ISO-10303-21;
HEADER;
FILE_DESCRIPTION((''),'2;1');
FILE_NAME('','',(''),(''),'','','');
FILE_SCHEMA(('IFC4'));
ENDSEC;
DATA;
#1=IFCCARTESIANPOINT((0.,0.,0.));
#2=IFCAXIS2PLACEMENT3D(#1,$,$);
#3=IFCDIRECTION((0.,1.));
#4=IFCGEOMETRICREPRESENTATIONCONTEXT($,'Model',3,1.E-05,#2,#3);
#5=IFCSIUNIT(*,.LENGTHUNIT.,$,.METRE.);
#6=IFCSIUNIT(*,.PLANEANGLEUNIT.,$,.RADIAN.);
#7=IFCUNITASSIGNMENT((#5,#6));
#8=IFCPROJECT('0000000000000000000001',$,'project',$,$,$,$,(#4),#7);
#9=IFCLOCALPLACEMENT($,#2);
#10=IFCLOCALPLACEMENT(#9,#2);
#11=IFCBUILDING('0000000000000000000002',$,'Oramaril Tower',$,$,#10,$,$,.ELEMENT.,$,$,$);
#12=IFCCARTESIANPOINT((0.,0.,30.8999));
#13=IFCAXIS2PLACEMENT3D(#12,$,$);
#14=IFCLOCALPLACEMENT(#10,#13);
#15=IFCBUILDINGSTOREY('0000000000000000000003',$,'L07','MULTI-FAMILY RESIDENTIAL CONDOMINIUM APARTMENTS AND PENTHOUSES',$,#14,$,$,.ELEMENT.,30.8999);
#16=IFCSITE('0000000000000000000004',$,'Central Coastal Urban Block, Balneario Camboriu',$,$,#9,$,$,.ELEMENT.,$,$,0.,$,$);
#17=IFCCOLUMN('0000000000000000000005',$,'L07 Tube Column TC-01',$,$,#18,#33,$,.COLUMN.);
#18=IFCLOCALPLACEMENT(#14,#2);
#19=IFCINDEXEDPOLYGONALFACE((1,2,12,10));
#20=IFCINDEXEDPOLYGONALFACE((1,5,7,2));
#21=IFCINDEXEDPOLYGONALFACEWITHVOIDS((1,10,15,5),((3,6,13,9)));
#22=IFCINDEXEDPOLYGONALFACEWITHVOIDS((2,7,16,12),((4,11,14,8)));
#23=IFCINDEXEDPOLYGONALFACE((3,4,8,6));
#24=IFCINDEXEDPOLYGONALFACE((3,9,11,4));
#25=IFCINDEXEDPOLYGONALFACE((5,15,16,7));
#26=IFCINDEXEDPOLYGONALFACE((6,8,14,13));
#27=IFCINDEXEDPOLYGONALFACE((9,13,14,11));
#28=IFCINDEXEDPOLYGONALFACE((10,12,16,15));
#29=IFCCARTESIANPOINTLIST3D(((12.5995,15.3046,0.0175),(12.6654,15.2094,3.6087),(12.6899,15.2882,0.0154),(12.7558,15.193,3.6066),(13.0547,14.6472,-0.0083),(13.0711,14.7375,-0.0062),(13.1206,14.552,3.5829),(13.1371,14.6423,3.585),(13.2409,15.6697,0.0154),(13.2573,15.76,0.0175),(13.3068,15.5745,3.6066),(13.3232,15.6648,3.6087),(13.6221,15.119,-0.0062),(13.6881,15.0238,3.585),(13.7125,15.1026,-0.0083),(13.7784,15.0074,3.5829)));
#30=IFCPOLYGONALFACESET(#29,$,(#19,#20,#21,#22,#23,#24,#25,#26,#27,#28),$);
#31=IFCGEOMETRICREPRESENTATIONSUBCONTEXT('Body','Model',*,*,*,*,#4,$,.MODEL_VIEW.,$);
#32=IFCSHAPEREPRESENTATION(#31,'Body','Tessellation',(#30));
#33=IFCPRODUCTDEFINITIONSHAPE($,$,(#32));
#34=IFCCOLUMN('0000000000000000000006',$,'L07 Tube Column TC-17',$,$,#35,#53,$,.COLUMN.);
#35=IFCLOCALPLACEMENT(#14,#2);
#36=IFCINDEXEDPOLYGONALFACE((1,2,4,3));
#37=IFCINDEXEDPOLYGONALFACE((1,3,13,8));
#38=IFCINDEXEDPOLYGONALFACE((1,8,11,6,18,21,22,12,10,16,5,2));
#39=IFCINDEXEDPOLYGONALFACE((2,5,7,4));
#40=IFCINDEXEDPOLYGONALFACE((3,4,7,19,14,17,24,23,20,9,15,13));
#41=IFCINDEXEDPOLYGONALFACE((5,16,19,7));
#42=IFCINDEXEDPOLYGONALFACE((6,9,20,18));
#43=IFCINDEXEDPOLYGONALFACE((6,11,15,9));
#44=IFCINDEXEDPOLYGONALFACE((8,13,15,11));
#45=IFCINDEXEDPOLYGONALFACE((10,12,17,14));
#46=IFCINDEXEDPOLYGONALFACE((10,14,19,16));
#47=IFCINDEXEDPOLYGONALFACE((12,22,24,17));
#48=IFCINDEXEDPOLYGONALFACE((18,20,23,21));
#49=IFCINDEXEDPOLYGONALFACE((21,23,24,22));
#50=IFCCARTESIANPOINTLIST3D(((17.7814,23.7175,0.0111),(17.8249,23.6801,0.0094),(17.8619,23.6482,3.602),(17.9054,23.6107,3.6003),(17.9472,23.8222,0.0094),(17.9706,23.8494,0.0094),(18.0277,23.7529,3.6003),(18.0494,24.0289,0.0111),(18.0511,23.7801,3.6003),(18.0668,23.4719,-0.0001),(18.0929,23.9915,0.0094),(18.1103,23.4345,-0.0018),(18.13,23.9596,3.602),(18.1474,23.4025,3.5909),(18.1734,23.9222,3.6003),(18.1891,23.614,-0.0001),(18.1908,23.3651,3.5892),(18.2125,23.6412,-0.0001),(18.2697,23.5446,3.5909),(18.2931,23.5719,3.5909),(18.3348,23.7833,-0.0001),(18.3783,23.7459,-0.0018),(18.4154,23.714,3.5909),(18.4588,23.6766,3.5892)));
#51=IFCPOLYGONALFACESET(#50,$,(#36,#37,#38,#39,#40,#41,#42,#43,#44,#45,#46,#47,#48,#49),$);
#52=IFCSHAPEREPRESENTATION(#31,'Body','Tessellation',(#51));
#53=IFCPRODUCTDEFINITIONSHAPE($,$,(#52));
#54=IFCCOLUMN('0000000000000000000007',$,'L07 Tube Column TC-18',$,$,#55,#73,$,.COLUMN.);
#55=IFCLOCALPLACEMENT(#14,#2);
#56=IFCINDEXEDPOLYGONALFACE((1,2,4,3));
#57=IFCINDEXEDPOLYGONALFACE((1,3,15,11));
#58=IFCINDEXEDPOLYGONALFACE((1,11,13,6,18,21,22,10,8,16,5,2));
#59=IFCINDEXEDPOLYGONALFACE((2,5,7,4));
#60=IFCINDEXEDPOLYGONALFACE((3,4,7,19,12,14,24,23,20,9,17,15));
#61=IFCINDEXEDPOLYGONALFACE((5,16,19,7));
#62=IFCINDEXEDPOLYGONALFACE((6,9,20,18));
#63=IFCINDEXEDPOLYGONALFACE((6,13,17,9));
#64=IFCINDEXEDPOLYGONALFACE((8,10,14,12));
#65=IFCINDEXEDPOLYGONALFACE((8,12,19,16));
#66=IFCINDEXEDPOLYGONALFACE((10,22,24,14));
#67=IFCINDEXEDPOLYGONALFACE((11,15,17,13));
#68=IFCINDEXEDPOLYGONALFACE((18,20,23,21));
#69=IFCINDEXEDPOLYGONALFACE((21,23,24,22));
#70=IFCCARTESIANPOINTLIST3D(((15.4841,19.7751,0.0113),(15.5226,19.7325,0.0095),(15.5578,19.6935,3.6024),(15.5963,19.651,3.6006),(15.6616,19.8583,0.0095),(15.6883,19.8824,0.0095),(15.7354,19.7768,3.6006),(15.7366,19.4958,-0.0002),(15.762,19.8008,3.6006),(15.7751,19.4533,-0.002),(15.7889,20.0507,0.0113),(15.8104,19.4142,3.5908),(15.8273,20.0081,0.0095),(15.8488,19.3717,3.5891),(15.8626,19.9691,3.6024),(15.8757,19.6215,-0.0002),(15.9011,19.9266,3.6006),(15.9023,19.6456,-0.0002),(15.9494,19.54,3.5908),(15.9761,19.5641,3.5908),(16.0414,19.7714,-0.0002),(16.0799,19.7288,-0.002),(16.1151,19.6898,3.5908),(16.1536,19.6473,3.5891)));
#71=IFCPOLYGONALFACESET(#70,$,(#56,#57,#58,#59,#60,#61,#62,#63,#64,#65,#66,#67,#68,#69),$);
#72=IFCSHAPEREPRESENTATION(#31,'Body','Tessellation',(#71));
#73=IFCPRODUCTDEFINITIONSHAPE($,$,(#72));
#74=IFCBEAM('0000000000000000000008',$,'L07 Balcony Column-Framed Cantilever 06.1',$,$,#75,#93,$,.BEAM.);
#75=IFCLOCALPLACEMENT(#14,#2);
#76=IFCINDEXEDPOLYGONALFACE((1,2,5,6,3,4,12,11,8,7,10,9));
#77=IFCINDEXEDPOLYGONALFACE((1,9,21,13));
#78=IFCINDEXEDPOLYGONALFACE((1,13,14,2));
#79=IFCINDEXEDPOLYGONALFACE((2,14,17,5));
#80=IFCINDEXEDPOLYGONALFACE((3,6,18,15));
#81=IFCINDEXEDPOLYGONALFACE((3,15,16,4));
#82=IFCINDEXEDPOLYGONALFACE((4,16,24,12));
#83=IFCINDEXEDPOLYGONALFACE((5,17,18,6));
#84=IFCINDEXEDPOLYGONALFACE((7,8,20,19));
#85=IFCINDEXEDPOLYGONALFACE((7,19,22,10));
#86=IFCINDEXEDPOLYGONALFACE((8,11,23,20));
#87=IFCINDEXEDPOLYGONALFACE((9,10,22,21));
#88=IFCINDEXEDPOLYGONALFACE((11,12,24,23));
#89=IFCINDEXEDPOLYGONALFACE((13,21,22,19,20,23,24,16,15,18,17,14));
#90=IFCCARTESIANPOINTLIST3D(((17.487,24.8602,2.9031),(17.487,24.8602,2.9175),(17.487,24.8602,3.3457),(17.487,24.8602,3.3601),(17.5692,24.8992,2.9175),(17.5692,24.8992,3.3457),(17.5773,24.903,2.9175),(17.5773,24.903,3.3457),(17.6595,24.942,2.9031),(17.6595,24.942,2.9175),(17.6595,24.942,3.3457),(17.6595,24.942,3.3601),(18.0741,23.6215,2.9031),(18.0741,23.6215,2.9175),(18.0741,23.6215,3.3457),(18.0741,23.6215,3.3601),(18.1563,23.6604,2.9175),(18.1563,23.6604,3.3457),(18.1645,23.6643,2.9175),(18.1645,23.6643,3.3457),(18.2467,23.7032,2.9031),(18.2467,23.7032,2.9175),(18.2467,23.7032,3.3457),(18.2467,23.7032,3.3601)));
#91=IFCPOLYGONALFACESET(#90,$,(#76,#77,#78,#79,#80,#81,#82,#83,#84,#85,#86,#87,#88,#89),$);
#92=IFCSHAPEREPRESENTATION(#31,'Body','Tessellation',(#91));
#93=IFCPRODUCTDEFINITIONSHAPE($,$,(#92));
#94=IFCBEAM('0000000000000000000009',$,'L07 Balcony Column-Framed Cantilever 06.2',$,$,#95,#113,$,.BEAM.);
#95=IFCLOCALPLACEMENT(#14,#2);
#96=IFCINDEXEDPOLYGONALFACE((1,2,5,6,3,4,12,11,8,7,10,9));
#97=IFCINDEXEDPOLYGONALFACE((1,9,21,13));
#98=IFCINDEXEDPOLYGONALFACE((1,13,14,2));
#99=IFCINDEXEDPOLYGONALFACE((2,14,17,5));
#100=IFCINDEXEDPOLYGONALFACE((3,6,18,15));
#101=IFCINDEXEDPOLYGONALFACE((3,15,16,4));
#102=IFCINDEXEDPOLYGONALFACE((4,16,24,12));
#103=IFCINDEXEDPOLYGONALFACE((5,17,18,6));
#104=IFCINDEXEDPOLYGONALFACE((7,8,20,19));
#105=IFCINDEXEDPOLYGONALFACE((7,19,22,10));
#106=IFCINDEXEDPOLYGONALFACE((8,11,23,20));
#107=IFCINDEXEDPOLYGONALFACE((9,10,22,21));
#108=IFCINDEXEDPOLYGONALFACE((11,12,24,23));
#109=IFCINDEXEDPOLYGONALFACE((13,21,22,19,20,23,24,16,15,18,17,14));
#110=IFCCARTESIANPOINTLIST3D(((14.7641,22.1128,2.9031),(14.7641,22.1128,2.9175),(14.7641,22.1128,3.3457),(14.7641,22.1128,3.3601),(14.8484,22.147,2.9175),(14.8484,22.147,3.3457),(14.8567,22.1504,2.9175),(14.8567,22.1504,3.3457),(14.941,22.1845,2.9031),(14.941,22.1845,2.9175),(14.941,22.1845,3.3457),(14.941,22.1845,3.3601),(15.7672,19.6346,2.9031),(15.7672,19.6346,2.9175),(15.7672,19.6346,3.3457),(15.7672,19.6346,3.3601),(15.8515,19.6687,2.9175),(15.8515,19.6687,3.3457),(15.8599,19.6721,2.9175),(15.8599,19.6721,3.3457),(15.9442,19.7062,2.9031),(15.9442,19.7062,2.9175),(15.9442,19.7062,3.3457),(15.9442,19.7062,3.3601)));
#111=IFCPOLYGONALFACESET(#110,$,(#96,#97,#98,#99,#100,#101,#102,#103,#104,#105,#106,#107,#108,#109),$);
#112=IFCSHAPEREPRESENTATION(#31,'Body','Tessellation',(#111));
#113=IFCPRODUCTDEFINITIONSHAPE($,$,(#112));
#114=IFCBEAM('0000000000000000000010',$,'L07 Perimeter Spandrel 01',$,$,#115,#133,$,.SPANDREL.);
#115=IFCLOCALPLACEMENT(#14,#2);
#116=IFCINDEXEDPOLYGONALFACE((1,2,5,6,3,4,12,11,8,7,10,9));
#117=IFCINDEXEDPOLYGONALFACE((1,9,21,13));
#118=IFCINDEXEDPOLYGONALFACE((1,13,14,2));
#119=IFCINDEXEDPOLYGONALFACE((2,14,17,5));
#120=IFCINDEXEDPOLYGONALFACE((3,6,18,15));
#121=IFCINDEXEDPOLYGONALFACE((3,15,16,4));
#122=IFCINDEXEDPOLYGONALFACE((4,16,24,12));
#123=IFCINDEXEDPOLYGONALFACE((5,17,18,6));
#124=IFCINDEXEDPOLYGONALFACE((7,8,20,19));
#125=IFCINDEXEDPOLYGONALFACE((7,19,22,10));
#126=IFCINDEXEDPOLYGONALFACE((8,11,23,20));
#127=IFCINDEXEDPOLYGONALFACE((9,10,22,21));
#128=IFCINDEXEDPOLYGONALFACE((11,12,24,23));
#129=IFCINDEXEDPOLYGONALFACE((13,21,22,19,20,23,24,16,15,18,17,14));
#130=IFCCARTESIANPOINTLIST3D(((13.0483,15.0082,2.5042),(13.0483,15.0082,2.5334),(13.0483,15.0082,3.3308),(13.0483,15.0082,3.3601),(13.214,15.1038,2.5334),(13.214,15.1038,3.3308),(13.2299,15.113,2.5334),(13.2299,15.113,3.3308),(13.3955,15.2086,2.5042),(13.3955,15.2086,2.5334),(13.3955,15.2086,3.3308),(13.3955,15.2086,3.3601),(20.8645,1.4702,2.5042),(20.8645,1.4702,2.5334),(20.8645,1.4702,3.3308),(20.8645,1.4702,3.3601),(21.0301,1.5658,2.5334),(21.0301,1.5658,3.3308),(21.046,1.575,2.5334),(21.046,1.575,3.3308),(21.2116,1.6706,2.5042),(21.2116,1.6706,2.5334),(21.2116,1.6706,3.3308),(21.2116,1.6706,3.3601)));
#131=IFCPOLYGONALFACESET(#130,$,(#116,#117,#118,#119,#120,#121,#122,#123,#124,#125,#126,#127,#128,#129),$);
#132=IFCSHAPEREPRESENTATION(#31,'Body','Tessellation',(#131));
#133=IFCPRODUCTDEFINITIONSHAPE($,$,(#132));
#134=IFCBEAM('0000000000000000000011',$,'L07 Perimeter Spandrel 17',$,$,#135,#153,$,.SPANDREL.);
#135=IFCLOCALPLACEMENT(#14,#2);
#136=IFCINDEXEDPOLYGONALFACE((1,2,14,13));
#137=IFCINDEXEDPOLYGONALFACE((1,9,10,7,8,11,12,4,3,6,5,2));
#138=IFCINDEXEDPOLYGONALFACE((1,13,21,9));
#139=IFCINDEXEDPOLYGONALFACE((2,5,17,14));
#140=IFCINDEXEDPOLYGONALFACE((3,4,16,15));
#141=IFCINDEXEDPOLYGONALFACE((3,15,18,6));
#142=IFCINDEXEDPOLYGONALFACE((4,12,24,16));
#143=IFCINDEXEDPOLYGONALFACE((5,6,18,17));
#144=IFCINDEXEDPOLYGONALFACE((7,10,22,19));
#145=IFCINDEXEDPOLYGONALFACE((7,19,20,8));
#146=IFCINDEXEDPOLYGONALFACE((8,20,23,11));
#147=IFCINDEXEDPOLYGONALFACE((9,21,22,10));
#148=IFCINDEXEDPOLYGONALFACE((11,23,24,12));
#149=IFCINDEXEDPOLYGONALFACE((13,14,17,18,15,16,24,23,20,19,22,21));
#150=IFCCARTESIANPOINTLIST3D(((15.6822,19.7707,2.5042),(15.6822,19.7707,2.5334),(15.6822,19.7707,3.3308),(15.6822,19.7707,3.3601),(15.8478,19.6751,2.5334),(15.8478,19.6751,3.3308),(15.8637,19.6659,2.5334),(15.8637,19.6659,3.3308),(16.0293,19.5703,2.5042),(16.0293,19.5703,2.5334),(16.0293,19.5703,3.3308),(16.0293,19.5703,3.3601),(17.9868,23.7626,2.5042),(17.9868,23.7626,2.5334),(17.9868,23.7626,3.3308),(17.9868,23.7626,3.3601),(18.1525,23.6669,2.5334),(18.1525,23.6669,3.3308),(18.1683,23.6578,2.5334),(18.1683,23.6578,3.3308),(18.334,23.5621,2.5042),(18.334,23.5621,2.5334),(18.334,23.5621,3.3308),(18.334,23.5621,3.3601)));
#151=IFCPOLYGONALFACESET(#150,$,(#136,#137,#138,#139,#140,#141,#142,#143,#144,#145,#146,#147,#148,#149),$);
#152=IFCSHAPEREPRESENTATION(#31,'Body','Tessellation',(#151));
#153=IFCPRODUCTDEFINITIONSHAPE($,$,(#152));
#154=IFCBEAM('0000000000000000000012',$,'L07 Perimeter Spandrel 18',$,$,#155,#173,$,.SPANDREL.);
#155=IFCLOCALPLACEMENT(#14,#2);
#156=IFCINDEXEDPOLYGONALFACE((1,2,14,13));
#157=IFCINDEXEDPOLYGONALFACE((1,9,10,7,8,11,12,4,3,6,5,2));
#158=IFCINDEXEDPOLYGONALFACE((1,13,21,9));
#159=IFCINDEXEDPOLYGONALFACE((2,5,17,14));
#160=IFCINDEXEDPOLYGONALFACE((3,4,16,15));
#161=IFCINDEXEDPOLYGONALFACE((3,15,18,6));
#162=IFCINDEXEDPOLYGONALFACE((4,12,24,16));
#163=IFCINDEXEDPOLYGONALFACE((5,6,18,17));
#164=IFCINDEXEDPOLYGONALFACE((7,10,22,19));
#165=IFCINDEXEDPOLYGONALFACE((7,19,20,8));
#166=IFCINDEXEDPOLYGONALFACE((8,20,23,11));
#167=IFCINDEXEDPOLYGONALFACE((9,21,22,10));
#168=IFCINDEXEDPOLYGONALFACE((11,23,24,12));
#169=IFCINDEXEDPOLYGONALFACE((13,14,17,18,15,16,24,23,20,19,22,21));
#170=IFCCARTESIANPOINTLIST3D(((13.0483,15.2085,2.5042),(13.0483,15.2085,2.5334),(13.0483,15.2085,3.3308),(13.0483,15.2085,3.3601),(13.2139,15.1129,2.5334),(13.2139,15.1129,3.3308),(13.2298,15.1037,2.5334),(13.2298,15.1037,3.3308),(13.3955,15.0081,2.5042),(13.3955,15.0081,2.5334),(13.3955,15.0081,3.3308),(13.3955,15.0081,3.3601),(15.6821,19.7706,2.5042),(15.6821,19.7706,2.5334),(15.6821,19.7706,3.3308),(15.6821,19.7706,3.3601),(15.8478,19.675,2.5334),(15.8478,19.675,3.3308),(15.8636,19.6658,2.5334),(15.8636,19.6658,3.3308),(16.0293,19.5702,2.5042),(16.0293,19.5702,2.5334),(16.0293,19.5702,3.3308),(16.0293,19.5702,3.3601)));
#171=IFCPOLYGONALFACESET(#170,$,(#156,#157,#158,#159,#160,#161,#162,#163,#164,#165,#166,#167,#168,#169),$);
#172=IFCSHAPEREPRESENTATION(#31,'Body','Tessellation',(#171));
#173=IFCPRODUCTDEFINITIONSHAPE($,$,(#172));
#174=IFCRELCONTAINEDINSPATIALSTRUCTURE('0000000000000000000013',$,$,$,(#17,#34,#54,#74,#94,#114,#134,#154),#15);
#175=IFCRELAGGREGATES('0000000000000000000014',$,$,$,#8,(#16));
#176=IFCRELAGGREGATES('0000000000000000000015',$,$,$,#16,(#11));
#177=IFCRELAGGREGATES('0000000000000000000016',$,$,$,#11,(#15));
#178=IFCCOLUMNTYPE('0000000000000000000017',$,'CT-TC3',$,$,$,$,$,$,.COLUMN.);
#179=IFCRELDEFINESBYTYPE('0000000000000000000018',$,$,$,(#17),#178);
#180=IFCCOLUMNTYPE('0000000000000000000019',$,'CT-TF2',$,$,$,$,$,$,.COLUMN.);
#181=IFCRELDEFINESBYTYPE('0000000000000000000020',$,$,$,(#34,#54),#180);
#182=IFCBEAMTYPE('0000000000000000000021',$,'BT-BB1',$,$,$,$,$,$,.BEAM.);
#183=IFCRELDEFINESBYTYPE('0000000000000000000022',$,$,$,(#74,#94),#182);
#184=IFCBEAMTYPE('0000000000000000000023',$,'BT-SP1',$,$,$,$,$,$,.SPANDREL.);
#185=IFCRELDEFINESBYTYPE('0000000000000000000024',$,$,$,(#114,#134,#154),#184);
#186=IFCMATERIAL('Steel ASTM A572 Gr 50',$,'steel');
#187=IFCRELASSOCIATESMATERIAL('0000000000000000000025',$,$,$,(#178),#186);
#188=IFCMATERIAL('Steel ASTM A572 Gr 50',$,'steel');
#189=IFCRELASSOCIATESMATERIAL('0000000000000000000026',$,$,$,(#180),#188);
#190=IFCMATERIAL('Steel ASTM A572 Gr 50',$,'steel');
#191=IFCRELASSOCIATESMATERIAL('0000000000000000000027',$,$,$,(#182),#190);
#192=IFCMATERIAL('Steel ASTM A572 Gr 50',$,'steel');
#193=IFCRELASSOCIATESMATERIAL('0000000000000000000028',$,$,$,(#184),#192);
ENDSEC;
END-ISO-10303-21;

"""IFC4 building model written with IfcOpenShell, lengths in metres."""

from ifc_helpers import new_model, si_unit, direction, frame, origin, origin_2d, place, context, subcontext, project, spatial, hollow_rectangle, i_section, extrude, material, material_profile, profile_set, type_object, element, save


model = new_model("IFC4")

# Units and contexts
model_context = context("Model", 3, precision=1e-05, world=origin(), true_north=direction((0.0, 1.0)))
body_context = subcontext(model_context, "Body", "Model", "MODEL_VIEW")
ifc_project = project(units=[si_unit("LENGTHUNIT", "METRE"), si_unit("PLANEANGLEUNIT", "RADIAN")], contexts=[model_context])

# Site, building, storey
site_placement = place(None, origin())
site = spatial("IfcSite", under=ifc_project, at=site_placement, Name="Central Coastal Urban Block, Balneario Camboriu", CompositionType="ELEMENT", RefElevation=0.0)
building_placement = place(site_placement, origin())
building = spatial("IfcBuilding", under=site, at=building_placement, Name="Oramaril Tower", CompositionType="ELEMENT")
storey_placement = place(building_placement, frame((0.0, 0.0, 30.8999)))
storey = spatial("IfcBuildingStorey", under=building, at=storey_placement, Name="L07", Description="MULTI-FAMILY RESIDENTIAL CONDOMINIUM APARTMENTS AND PENTHOUSES", CompositionType="ELEMENT", Elevation=30.8999)

# Columns
ifc_material_1 = material(Name="Steel ASTM A572 Gr 50", Category="steel")
ifc_material_profile_1 = material_profile(ifc_material_1, hollow_rectangle(XDim=0.8, YDim=0.8, WallThickness=0.0649, at=origin_2d()), Name="BOX800X800X65")
ifc_profile_set_1 = profile_set([ifc_material_profile_1], Name="Steel ASTM A572 Gr 50")
column_type_1 = type_object("IfcColumnType", Name="CT-TC3", PredefinedType="COLUMN", material=ifc_profile_set_1)
column_1_placement = place(storey_placement, frame((13.156, 15.2036, 0.0046), z_axis=(0.018347, -0.026501, 0.99948), x_axis=(0.822192, 0.56921, 0.0)))
element("IfcColumn", 1, at=column_1_placement, inside=storey, type_object=column_type_1, Name="L07 Tube Column TC-01", PredefinedType="COLUMN", context=body_context, shape_type="SweptSolid", body=[
    extrude(hollow_rectangle(XDim=0.8, YDim=0.8, WallThickness=0.0649, at=origin_2d()), origin(), (0.0, 0.0, 1.0), 3.593),
])
ifc_material_2 = material(Name="Steel ASTM A572 Gr 50", Category="steel")
ifc_material_profile_2 = material_profile(ifc_material_2, i_section(OverallWidth=0.4109, OverallDepth=0.4341, WebThickness=0.0359, FlangeThickness=0.0574, at=origin_2d()), Name="W14X311")
ifc_profile_set_2 = profile_set([ifc_material_profile_2], Name="Steel ASTM A572 Gr 50")
column_type_2 = type_object("IfcColumnType", Name="CT-TF2", PredefinedType="COLUMN", material=ifc_profile_set_2)
column_2_placement = place(storey_placement, frame((18.0798, 23.7317, 0.0046), z_axis=(0.022425, -0.019299, 0.999562), x_axis=(0.652303, 0.757958, 0.0)))
element("IfcColumn", 2, at=column_2_placement, inside=storey, type_object=column_type_2, Name="L07 Tube Column TC-17", PredefinedType="COLUMN", context=body_context, shape_type="SweptSolid", body=[
    extrude(i_section(OverallWidth=0.4109, OverallDepth=0.4341, WebThickness=0.0359, FlangeThickness=0.0574, at=origin_2d()), origin(), (0.0, 0.0, 1.0), 3.5925),
])
column_3_placement = place(storey_placement, frame((15.782, 19.752, 0.0046), z_axis=(0.020522, -0.022697, 0.999532), x_axis=(0.741746, 0.670681, 0.0)))
element("IfcColumn", 3, at=column_3_placement, inside=storey, type_object=column_type_2, Name="L07 Tube Column TC-18", PredefinedType="COLUMN", context=body_context, shape_type="SweptSolid", body=[
    extrude(i_section(OverallWidth=0.4109, OverallDepth=0.4341, WebThickness=0.0359, FlangeThickness=0.0574, at=origin_2d()), origin(), (0.0, 0.0, 1.0), 3.5928),
])

# Beams
ifc_material_3 = material(Name="Steel ASTM A572 Gr 50", Category="steel")
ifc_material_profile_3 = material_profile(ifc_material_3, i_section(OverallWidth=0.1909, OverallDepth=0.457, WebThickness=0.009, FlangeThickness=0.0144, at=origin_2d()), Name="W18X50")
ifc_profile_set_3 = profile_set([ifc_material_profile_3], Name="Steel ASTM A572 Gr 50")
beam_type_1 = type_object("IfcBeamType", Name="BT-BB1", PredefinedType="BEAM", material=ifc_profile_set_3)
beam_1_placement = place(storey_placement, frame((18.1604, 23.6624, 3.1316), z_axis=(-0.428308, 0.903633, 0.0), x_axis=(-0.903633, -0.428308, 0.0)))
element("IfcBeam", 4, at=beam_1_placement, inside=storey, type_object=beam_type_1, Name="L07 Balcony Column-Framed Cantilever 06.1", PredefinedType="BEAM", context=body_context, shape_type="SweptSolid", body=[
    extrude(i_section(OverallWidth=0.1909, OverallDepth=0.457, WebThickness=0.009, FlangeThickness=0.0144, at=origin_2d()), origin(), (0.0, 0.0, 1.0), 1.3708),
])
beam_2_placement = place(storey_placement, frame((15.8557, 19.6704, 3.1316), z_axis=(-0.375213, 0.926938, 0.0), x_axis=(-0.926938, -0.375213, 0.0)))
element("IfcBeam", 5, at=beam_2_placement, inside=storey, type_object=beam_type_1, Name="L07 Balcony Column-Framed Cantilever 06.2", PredefinedType="BEAM", context=body_context, shape_type="SweptSolid", body=[
    extrude(i_section(OverallWidth=0.1909, OverallDepth=0.457, WebThickness=0.009, FlangeThickness=0.0144, at=origin_2d()), origin(), (0.0, 0.0, 1.0), 2.6736),
])
ifc_material_4 = material(Name="Steel ASTM A572 Gr 50", Category="steel")
ifc_material_profile_4 = material_profile(ifc_material_4, i_section(OverallWidth=0.4009, OverallDepth=0.856, WebThickness=0.0183, FlangeThickness=0.0293, at=origin_2d()), Name="W33X201")
ifc_profile_set_4 = profile_set([ifc_material_profile_4], Name="Steel ASTM A572 Gr 50")
beam_type_2 = type_object("IfcBeamType", Name="BT-SP1", PredefinedType="SPANDREL", material=ifc_profile_set_4)
beam_3_placement = place(storey_placement, frame((13.2219, 15.1084, 2.9321), z_axis=(0.499997, -0.866027, 0.0), x_axis=(0.866027, 0.499997, 0.0)))
element("IfcBeam", 6, at=beam_3_placement, inside=storey, type_object=beam_type_2, Name="L07 Perimeter Spandrel 01", PredefinedType="SPANDREL", context=body_context, shape_type="SweptSolid", body=[
    extrude(i_section(OverallWidth=0.4009, OverallDepth=0.856, WebThickness=0.0183, FlangeThickness=0.0293, at=origin_2d()), origin(), (0.0, 0.0, 1.0), 15.6323),
])
beam_4_placement = place(storey_placement, frame((18.1604, 23.6624, 2.9321), z_axis=(-0.49999, -0.866031, 0.0), x_axis=(0.866031, -0.49999, 0.0)))
element("IfcBeam", 7, at=beam_4_placement, inside=storey, type_object=beam_type_2, Name="L07 Perimeter Spandrel 17", PredefinedType="SPANDREL", context=body_context, shape_type="SweptSolid", body=[
    extrude(i_section(OverallWidth=0.4009, OverallDepth=0.856, WebThickness=0.0183, FlangeThickness=0.0293, at=origin_2d()), origin(), (0.0, 0.0, 1.0), 4.6094),
])
beam_5_placement = place(storey_placement, frame((15.8557, 19.6704, 2.9321), z_axis=(-0.499987, -0.866033, 0.0), x_axis=(0.866033, -0.499987, 0.0)))
element("IfcBeam", 8, at=beam_5_placement, inside=storey, type_object=beam_type_2, Name="L07 Perimeter Spandrel 18", PredefinedType="SPANDREL", context=body_context, shape_type="SweptSolid", body=[
    extrude(i_section(OverallWidth=0.4009, OverallDepth=0.856, WebThickness=0.0183, FlangeThickness=0.0293, at=origin_2d()), origin(), (0.0, 0.0, 1.0), 5.2678),
])

save(model, "model.ifc")
